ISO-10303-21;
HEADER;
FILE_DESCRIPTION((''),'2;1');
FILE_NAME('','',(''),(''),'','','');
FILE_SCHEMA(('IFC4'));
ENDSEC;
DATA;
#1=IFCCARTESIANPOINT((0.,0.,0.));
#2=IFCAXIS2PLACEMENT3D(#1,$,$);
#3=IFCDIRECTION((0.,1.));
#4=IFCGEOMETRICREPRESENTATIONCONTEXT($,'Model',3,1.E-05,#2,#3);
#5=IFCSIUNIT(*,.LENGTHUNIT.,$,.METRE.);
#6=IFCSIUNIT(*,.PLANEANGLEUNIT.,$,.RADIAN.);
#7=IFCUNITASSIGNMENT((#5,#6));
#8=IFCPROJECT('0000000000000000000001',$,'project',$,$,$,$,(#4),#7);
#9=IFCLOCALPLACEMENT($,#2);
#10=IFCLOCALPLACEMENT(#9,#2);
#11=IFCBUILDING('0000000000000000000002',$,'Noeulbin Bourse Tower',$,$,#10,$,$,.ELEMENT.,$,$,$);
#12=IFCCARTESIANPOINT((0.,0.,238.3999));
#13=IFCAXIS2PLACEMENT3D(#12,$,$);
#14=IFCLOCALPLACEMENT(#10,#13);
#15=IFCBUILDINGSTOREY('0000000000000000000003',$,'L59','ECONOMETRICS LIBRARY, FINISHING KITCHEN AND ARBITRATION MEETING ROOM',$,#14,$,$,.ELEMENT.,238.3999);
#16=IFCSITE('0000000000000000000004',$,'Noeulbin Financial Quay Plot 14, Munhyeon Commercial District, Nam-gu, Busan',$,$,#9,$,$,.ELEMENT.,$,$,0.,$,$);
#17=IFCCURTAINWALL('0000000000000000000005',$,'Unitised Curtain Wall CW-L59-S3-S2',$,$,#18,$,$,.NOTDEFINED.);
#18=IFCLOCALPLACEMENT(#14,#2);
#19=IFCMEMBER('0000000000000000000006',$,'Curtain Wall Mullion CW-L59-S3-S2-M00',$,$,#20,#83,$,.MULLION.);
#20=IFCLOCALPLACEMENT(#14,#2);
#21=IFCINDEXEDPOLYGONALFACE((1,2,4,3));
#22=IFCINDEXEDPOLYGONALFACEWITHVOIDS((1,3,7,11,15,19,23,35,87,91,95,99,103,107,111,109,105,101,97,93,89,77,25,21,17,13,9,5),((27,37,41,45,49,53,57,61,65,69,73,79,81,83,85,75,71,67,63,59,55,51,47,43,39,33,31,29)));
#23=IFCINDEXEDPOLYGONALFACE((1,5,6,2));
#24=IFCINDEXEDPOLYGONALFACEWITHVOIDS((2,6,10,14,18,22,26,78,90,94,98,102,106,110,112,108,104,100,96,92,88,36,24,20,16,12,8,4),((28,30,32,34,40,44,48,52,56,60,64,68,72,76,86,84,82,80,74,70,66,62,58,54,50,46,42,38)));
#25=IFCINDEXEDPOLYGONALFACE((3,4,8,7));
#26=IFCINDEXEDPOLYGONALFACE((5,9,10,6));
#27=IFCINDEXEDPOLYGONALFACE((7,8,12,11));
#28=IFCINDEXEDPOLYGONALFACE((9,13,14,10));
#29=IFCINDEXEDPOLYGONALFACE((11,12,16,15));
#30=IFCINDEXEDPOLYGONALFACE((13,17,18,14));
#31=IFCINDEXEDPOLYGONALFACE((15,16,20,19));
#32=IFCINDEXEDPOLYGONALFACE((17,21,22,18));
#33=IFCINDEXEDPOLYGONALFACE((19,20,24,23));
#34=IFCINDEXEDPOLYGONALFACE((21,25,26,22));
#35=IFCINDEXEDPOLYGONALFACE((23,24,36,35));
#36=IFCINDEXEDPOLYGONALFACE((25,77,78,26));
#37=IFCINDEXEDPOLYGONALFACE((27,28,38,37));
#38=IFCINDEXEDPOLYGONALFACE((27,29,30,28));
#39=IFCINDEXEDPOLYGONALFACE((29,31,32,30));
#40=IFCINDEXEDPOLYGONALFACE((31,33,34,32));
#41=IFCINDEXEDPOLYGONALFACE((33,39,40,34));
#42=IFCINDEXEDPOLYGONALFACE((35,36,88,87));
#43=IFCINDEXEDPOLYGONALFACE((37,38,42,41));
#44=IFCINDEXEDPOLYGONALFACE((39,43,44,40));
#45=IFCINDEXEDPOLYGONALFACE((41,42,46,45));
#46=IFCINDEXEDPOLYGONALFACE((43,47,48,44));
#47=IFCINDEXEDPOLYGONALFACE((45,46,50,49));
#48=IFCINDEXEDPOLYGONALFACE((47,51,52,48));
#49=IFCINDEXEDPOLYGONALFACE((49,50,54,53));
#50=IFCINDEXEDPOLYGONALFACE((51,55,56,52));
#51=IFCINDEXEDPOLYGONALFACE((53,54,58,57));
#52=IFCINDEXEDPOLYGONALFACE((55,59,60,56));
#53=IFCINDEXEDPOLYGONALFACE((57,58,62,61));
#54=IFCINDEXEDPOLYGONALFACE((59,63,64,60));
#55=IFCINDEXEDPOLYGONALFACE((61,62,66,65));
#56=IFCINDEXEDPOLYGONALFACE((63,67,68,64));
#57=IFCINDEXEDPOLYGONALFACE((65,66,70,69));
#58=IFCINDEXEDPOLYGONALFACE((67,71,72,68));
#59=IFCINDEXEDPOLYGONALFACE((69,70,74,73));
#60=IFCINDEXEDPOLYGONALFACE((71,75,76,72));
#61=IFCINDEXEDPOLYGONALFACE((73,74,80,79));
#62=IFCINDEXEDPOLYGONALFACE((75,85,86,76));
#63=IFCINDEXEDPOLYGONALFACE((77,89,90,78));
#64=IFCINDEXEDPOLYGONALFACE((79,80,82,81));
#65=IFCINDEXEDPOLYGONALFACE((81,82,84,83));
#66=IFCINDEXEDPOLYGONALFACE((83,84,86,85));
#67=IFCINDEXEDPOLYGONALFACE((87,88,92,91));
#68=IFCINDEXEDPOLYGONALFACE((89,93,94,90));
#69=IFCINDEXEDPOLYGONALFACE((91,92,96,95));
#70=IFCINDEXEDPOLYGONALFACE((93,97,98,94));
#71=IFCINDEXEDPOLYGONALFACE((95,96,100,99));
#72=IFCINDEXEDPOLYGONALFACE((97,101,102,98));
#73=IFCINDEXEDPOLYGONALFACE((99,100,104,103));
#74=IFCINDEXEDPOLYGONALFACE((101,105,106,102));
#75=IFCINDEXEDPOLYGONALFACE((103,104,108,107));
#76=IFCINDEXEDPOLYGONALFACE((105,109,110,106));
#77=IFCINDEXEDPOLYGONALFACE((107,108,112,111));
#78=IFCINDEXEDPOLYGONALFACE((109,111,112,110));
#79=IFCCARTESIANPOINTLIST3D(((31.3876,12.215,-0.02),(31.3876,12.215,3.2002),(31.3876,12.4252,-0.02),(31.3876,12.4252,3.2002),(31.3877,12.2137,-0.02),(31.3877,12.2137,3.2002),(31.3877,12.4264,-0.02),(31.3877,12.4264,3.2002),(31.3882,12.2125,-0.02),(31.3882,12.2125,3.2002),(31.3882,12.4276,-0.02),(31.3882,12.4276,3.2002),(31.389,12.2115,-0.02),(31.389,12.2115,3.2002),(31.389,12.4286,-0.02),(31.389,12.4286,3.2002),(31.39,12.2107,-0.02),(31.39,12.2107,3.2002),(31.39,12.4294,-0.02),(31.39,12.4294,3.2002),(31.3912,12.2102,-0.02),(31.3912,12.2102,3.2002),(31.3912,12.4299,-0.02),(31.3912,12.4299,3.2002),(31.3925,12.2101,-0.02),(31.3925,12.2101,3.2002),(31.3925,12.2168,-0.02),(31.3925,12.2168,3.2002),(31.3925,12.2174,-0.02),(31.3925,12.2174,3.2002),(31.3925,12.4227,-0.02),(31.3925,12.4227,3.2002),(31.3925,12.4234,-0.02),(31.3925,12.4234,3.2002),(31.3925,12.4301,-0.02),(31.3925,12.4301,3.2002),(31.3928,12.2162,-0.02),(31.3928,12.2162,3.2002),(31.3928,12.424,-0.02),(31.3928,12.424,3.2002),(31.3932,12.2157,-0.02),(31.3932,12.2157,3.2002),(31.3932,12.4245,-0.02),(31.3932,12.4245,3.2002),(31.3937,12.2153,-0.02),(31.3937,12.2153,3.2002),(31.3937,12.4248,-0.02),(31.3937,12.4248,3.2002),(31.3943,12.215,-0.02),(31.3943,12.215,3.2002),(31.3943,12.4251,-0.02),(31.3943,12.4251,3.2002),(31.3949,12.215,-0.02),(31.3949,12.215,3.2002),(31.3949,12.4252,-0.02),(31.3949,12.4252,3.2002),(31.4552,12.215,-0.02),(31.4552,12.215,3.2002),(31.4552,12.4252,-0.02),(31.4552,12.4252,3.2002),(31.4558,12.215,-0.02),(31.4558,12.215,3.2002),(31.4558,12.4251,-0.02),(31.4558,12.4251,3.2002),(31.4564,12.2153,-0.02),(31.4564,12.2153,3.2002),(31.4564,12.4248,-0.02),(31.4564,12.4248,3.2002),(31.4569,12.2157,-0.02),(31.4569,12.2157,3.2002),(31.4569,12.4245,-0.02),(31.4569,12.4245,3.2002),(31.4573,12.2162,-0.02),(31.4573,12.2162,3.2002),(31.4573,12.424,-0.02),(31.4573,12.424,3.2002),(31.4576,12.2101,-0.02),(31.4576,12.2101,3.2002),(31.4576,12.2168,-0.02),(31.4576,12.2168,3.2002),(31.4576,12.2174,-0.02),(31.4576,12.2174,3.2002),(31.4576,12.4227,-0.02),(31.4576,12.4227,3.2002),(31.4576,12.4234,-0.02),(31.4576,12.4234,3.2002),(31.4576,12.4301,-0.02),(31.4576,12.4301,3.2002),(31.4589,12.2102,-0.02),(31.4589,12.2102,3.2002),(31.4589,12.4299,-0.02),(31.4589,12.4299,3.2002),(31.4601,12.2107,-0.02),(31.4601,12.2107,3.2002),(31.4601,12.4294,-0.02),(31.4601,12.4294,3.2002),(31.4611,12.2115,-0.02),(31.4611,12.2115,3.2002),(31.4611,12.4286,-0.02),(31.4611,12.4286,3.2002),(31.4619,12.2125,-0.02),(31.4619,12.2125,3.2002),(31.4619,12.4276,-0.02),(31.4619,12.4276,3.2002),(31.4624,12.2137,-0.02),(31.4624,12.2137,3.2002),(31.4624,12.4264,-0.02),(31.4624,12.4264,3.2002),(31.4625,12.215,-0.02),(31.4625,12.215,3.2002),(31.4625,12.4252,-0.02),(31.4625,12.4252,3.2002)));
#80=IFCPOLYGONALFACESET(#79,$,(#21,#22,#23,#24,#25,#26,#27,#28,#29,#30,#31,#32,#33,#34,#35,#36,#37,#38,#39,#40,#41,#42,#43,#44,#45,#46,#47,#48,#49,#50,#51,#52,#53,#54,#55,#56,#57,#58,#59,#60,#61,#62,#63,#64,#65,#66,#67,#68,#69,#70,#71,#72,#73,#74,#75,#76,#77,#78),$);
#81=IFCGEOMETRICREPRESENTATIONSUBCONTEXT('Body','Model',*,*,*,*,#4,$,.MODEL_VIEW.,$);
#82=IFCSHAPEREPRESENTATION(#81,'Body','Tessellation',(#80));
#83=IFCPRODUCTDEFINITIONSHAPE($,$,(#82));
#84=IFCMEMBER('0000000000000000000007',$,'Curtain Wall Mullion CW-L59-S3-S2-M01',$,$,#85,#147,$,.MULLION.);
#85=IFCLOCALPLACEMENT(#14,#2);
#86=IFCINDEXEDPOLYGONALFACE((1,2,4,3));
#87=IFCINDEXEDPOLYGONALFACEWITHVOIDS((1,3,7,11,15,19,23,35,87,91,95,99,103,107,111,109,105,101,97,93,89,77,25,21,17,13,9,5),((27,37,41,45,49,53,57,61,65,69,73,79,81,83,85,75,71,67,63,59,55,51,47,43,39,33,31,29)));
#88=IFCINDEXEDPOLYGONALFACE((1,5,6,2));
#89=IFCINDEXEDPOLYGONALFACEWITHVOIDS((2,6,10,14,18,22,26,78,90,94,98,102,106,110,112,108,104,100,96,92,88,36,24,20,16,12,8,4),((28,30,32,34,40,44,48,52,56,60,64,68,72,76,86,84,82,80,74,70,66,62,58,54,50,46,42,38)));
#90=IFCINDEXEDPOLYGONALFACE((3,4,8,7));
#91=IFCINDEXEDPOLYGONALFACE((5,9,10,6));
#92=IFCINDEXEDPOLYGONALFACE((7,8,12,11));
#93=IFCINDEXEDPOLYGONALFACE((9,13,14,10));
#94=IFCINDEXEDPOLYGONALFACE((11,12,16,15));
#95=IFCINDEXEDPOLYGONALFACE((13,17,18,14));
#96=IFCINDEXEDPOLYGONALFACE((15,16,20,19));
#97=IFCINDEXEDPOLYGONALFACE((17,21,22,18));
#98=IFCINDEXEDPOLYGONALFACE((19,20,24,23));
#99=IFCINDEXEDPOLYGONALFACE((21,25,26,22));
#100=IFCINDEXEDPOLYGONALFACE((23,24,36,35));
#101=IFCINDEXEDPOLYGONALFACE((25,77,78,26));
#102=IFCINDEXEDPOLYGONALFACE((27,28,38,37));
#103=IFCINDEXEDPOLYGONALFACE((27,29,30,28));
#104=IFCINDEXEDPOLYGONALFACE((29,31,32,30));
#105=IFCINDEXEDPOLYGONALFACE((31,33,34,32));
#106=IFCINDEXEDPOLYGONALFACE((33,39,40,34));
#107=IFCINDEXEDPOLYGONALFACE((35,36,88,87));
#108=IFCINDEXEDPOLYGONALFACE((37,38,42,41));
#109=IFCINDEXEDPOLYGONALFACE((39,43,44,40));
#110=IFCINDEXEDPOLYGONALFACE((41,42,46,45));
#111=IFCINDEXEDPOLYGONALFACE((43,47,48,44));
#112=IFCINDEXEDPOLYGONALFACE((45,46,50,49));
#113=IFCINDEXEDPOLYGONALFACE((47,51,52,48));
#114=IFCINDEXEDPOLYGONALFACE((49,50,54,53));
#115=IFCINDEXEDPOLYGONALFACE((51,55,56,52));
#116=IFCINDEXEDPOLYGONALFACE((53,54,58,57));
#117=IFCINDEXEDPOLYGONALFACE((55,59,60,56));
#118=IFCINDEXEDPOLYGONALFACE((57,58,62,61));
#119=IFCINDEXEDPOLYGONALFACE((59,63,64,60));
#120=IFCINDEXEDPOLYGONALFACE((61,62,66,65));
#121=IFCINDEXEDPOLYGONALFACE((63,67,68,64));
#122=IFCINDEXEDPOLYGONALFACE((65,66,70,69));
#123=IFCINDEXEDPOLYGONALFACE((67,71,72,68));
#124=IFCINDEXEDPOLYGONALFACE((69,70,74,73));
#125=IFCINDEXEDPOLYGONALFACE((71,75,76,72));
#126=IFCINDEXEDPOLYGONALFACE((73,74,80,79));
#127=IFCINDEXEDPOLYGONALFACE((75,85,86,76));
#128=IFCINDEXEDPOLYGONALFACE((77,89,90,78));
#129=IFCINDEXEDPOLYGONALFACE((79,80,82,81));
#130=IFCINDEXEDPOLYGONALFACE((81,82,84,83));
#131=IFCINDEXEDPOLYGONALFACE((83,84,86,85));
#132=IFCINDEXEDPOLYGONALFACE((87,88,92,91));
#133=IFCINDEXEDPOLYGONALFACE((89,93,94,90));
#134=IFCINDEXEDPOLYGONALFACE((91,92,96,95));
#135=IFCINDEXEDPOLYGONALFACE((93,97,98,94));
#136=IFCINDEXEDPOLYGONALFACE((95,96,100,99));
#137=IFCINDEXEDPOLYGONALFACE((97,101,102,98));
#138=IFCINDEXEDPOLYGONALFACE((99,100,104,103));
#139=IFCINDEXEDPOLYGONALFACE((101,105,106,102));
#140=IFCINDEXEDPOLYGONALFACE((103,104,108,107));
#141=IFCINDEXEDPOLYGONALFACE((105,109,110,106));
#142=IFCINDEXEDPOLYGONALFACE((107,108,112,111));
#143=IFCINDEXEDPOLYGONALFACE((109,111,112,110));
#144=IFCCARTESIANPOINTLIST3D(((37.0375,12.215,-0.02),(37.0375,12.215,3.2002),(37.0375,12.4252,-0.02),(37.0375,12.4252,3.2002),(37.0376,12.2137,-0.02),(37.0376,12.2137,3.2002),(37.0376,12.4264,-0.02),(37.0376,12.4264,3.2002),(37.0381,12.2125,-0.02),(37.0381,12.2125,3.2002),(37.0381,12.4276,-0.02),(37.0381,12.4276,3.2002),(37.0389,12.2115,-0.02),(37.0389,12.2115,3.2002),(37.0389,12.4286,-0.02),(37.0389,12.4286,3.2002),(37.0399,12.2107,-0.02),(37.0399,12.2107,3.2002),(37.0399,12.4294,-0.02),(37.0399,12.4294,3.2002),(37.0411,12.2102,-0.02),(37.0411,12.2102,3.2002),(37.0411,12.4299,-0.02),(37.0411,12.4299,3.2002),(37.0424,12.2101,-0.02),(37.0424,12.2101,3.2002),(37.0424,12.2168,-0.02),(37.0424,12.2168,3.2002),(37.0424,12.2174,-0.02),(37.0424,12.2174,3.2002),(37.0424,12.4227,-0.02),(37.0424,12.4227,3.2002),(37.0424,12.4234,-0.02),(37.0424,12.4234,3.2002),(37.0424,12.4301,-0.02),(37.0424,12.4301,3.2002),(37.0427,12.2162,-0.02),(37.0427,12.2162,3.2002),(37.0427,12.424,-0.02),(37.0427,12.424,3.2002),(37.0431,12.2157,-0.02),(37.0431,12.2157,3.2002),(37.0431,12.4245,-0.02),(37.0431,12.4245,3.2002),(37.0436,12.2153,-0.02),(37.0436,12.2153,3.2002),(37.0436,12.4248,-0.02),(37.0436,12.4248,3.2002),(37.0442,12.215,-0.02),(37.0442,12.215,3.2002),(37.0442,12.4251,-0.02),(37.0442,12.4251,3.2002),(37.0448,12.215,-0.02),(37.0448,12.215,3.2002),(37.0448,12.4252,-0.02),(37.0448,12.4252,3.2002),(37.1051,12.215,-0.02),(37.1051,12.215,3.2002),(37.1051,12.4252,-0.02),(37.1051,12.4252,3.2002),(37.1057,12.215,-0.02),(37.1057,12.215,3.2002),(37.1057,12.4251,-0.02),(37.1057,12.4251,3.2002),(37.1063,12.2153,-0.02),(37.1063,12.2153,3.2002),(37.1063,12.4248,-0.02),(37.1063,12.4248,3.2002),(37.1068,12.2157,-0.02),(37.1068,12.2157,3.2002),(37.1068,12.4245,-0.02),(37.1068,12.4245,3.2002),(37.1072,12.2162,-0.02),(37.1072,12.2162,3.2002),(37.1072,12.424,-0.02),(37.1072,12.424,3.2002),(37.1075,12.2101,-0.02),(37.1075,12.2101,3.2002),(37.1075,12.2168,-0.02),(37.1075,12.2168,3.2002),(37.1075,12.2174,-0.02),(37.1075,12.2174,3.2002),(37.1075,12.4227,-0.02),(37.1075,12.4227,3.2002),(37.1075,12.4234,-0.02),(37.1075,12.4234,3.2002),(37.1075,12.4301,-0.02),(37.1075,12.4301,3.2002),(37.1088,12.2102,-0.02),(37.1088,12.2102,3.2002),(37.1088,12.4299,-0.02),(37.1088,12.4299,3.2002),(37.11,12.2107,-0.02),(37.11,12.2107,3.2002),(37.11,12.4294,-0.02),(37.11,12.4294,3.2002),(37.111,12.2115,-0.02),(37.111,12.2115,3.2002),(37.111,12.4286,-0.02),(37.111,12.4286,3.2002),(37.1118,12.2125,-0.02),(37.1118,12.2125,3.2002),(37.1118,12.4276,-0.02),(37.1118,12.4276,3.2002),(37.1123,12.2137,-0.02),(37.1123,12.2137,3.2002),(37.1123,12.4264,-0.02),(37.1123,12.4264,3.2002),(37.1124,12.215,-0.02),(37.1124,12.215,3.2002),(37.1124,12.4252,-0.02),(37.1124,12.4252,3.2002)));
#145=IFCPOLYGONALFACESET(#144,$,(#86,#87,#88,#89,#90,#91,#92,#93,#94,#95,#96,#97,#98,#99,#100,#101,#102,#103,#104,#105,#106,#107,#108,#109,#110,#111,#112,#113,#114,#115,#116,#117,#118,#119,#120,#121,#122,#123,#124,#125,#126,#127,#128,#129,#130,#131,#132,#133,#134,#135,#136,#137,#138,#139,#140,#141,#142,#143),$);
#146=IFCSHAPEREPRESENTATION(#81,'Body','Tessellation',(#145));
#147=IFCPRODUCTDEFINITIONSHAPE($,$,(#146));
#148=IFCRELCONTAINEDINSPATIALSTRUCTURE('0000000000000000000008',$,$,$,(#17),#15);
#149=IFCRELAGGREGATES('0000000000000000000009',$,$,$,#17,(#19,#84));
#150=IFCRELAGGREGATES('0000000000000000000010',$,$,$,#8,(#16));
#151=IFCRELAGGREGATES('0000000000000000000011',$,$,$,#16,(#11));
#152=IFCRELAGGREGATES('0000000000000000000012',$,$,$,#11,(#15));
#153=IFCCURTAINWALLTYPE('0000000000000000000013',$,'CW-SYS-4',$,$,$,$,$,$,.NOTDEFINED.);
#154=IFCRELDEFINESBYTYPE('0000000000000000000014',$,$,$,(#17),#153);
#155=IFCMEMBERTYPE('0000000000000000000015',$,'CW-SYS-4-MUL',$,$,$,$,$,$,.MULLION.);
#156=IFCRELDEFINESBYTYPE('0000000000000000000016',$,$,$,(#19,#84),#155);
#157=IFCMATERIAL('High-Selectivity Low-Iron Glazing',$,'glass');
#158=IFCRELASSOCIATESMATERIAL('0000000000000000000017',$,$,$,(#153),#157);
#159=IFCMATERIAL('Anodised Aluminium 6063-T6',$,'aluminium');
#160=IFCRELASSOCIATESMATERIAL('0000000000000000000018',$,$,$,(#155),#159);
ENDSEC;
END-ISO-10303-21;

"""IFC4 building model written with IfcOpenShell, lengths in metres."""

from ifc_helpers import new_model, si_unit, direction, frame, origin, origin_2d, place, context, subcontext, project, spatial, hollow_rectangle, extrude, material, material_profile, profile_set, type_object, element, aggregate, save


model = new_model("IFC4")

# Units and contexts
model_context = context("Model", 3, precision=1e-05, world=origin(), true_north=direction((0.0, 1.0)))
body_context = subcontext(model_context, "Body", "Model", "MODEL_VIEW")
ifc_project = project(units=[si_unit("LENGTHUNIT", "METRE"), si_unit("PLANEANGLEUNIT", "RADIAN")], contexts=[model_context])

# Site, building, storey
site_placement = place(None, origin())
site = spatial("IfcSite", under=ifc_project, at=site_placement, Name="Noeulbin Financial Quay Plot 14, Munhyeon Commercial District, Nam-gu, Busan", CompositionType="ELEMENT", RefElevation=0.0)
building_placement = place(site_placement, origin())
building = spatial("IfcBuilding", under=site, at=building_placement, Name="Noeulbin Bourse Tower", CompositionType="ELEMENT")
storey_placement = place(building_placement, frame((0.0, 0.0, 238.3999)))
storey = spatial("IfcBuildingStorey", under=building, at=storey_placement, Name="L59", Description="ECONOMETRICS LIBRARY, FINISHING KITCHEN AND ARBITRATION MEETING ROOM", CompositionType="ELEMENT", Elevation=238.3999)

# Curtain wall, members
ifc_material_1 = material(Name="High-Selectivity Low-Iron Glazing", Category="glass")
curtain_wall_type = type_object("IfcCurtainWallType", Name="CW-SYS-4", PredefinedType="NOTDEFINED", material=ifc_material_1)
curtain_wall_1_placement = place(storey_placement, origin())
curtain_wall_1 = element("IfcCurtainWall", 1, at=curtain_wall_1_placement, inside=storey, type_object=curtain_wall_type, Name="Unitised Curtain Wall CW-L59-S3-S2", PredefinedType="NOTDEFINED")
ifc_material_2 = material(Name="Anodised Aluminium 6063-T6", Category="aluminium")
ifc_material_profile_1 = material_profile(ifc_material_2, hollow_rectangle(XDim=0.075, YDim=0.22, WallThickness=0.0049, InnerFilletRadius=0.0024, OuterFilletRadius=0.0049, at=origin_2d()), Name="ALU-MULL-75x220x5", Category="LoadBearing")
ifc_profile_set_1 = profile_set([ifc_material_profile_1], Name="Anodised Aluminium 6063-T6")
member_type_1 = type_object("IfcMemberType", Name="CW-SYS-4-MUL", PredefinedType="MULLION", material=ifc_profile_set_1)
member_1_placement = place(storey_placement, frame((31.425, 12.3201, -0.02), z_axis=(0.0, 0.0, 1.0), x_axis=(1.0, 0.0, 0.0)))
member_1 = element("IfcMember", 2, at=member_1_placement, type_object=member_type_1, Name="Curtain Wall Mullion CW-L59-S3-S2-M00", PredefinedType="MULLION", context=body_context, shape_type="SweptSolid", body=[
    extrude(hollow_rectangle(XDim=0.075, YDim=0.22, WallThickness=0.0049, InnerFilletRadius=0.0024, OuterFilletRadius=0.0049, at=origin_2d()), origin(), (0.0, 0.0, 1.0), 3.2202),
])
member_2_placement = place(storey_placement, frame((37.075, 12.3201, -0.02), z_axis=(0.0, 0.0, 1.0), x_axis=(1.0, 0.0, 0.0)))
member_2 = element("IfcMember", 3, at=member_2_placement, type_object=member_type_1, Name="Curtain Wall Mullion CW-L59-S3-S2-M01", PredefinedType="MULLION", context=body_context, shape_type="SweptSolid", body=[
    extrude(hollow_rectangle(XDim=0.075, YDim=0.22, WallThickness=0.0049, InnerFilletRadius=0.0024, OuterFilletRadius=0.0049, at=origin_2d()), origin(), (0.0, 0.0, 1.0), 3.2202),
])

aggregate(curtain_wall_1, [member_1, member_2])

save(model, "model.ifc")
